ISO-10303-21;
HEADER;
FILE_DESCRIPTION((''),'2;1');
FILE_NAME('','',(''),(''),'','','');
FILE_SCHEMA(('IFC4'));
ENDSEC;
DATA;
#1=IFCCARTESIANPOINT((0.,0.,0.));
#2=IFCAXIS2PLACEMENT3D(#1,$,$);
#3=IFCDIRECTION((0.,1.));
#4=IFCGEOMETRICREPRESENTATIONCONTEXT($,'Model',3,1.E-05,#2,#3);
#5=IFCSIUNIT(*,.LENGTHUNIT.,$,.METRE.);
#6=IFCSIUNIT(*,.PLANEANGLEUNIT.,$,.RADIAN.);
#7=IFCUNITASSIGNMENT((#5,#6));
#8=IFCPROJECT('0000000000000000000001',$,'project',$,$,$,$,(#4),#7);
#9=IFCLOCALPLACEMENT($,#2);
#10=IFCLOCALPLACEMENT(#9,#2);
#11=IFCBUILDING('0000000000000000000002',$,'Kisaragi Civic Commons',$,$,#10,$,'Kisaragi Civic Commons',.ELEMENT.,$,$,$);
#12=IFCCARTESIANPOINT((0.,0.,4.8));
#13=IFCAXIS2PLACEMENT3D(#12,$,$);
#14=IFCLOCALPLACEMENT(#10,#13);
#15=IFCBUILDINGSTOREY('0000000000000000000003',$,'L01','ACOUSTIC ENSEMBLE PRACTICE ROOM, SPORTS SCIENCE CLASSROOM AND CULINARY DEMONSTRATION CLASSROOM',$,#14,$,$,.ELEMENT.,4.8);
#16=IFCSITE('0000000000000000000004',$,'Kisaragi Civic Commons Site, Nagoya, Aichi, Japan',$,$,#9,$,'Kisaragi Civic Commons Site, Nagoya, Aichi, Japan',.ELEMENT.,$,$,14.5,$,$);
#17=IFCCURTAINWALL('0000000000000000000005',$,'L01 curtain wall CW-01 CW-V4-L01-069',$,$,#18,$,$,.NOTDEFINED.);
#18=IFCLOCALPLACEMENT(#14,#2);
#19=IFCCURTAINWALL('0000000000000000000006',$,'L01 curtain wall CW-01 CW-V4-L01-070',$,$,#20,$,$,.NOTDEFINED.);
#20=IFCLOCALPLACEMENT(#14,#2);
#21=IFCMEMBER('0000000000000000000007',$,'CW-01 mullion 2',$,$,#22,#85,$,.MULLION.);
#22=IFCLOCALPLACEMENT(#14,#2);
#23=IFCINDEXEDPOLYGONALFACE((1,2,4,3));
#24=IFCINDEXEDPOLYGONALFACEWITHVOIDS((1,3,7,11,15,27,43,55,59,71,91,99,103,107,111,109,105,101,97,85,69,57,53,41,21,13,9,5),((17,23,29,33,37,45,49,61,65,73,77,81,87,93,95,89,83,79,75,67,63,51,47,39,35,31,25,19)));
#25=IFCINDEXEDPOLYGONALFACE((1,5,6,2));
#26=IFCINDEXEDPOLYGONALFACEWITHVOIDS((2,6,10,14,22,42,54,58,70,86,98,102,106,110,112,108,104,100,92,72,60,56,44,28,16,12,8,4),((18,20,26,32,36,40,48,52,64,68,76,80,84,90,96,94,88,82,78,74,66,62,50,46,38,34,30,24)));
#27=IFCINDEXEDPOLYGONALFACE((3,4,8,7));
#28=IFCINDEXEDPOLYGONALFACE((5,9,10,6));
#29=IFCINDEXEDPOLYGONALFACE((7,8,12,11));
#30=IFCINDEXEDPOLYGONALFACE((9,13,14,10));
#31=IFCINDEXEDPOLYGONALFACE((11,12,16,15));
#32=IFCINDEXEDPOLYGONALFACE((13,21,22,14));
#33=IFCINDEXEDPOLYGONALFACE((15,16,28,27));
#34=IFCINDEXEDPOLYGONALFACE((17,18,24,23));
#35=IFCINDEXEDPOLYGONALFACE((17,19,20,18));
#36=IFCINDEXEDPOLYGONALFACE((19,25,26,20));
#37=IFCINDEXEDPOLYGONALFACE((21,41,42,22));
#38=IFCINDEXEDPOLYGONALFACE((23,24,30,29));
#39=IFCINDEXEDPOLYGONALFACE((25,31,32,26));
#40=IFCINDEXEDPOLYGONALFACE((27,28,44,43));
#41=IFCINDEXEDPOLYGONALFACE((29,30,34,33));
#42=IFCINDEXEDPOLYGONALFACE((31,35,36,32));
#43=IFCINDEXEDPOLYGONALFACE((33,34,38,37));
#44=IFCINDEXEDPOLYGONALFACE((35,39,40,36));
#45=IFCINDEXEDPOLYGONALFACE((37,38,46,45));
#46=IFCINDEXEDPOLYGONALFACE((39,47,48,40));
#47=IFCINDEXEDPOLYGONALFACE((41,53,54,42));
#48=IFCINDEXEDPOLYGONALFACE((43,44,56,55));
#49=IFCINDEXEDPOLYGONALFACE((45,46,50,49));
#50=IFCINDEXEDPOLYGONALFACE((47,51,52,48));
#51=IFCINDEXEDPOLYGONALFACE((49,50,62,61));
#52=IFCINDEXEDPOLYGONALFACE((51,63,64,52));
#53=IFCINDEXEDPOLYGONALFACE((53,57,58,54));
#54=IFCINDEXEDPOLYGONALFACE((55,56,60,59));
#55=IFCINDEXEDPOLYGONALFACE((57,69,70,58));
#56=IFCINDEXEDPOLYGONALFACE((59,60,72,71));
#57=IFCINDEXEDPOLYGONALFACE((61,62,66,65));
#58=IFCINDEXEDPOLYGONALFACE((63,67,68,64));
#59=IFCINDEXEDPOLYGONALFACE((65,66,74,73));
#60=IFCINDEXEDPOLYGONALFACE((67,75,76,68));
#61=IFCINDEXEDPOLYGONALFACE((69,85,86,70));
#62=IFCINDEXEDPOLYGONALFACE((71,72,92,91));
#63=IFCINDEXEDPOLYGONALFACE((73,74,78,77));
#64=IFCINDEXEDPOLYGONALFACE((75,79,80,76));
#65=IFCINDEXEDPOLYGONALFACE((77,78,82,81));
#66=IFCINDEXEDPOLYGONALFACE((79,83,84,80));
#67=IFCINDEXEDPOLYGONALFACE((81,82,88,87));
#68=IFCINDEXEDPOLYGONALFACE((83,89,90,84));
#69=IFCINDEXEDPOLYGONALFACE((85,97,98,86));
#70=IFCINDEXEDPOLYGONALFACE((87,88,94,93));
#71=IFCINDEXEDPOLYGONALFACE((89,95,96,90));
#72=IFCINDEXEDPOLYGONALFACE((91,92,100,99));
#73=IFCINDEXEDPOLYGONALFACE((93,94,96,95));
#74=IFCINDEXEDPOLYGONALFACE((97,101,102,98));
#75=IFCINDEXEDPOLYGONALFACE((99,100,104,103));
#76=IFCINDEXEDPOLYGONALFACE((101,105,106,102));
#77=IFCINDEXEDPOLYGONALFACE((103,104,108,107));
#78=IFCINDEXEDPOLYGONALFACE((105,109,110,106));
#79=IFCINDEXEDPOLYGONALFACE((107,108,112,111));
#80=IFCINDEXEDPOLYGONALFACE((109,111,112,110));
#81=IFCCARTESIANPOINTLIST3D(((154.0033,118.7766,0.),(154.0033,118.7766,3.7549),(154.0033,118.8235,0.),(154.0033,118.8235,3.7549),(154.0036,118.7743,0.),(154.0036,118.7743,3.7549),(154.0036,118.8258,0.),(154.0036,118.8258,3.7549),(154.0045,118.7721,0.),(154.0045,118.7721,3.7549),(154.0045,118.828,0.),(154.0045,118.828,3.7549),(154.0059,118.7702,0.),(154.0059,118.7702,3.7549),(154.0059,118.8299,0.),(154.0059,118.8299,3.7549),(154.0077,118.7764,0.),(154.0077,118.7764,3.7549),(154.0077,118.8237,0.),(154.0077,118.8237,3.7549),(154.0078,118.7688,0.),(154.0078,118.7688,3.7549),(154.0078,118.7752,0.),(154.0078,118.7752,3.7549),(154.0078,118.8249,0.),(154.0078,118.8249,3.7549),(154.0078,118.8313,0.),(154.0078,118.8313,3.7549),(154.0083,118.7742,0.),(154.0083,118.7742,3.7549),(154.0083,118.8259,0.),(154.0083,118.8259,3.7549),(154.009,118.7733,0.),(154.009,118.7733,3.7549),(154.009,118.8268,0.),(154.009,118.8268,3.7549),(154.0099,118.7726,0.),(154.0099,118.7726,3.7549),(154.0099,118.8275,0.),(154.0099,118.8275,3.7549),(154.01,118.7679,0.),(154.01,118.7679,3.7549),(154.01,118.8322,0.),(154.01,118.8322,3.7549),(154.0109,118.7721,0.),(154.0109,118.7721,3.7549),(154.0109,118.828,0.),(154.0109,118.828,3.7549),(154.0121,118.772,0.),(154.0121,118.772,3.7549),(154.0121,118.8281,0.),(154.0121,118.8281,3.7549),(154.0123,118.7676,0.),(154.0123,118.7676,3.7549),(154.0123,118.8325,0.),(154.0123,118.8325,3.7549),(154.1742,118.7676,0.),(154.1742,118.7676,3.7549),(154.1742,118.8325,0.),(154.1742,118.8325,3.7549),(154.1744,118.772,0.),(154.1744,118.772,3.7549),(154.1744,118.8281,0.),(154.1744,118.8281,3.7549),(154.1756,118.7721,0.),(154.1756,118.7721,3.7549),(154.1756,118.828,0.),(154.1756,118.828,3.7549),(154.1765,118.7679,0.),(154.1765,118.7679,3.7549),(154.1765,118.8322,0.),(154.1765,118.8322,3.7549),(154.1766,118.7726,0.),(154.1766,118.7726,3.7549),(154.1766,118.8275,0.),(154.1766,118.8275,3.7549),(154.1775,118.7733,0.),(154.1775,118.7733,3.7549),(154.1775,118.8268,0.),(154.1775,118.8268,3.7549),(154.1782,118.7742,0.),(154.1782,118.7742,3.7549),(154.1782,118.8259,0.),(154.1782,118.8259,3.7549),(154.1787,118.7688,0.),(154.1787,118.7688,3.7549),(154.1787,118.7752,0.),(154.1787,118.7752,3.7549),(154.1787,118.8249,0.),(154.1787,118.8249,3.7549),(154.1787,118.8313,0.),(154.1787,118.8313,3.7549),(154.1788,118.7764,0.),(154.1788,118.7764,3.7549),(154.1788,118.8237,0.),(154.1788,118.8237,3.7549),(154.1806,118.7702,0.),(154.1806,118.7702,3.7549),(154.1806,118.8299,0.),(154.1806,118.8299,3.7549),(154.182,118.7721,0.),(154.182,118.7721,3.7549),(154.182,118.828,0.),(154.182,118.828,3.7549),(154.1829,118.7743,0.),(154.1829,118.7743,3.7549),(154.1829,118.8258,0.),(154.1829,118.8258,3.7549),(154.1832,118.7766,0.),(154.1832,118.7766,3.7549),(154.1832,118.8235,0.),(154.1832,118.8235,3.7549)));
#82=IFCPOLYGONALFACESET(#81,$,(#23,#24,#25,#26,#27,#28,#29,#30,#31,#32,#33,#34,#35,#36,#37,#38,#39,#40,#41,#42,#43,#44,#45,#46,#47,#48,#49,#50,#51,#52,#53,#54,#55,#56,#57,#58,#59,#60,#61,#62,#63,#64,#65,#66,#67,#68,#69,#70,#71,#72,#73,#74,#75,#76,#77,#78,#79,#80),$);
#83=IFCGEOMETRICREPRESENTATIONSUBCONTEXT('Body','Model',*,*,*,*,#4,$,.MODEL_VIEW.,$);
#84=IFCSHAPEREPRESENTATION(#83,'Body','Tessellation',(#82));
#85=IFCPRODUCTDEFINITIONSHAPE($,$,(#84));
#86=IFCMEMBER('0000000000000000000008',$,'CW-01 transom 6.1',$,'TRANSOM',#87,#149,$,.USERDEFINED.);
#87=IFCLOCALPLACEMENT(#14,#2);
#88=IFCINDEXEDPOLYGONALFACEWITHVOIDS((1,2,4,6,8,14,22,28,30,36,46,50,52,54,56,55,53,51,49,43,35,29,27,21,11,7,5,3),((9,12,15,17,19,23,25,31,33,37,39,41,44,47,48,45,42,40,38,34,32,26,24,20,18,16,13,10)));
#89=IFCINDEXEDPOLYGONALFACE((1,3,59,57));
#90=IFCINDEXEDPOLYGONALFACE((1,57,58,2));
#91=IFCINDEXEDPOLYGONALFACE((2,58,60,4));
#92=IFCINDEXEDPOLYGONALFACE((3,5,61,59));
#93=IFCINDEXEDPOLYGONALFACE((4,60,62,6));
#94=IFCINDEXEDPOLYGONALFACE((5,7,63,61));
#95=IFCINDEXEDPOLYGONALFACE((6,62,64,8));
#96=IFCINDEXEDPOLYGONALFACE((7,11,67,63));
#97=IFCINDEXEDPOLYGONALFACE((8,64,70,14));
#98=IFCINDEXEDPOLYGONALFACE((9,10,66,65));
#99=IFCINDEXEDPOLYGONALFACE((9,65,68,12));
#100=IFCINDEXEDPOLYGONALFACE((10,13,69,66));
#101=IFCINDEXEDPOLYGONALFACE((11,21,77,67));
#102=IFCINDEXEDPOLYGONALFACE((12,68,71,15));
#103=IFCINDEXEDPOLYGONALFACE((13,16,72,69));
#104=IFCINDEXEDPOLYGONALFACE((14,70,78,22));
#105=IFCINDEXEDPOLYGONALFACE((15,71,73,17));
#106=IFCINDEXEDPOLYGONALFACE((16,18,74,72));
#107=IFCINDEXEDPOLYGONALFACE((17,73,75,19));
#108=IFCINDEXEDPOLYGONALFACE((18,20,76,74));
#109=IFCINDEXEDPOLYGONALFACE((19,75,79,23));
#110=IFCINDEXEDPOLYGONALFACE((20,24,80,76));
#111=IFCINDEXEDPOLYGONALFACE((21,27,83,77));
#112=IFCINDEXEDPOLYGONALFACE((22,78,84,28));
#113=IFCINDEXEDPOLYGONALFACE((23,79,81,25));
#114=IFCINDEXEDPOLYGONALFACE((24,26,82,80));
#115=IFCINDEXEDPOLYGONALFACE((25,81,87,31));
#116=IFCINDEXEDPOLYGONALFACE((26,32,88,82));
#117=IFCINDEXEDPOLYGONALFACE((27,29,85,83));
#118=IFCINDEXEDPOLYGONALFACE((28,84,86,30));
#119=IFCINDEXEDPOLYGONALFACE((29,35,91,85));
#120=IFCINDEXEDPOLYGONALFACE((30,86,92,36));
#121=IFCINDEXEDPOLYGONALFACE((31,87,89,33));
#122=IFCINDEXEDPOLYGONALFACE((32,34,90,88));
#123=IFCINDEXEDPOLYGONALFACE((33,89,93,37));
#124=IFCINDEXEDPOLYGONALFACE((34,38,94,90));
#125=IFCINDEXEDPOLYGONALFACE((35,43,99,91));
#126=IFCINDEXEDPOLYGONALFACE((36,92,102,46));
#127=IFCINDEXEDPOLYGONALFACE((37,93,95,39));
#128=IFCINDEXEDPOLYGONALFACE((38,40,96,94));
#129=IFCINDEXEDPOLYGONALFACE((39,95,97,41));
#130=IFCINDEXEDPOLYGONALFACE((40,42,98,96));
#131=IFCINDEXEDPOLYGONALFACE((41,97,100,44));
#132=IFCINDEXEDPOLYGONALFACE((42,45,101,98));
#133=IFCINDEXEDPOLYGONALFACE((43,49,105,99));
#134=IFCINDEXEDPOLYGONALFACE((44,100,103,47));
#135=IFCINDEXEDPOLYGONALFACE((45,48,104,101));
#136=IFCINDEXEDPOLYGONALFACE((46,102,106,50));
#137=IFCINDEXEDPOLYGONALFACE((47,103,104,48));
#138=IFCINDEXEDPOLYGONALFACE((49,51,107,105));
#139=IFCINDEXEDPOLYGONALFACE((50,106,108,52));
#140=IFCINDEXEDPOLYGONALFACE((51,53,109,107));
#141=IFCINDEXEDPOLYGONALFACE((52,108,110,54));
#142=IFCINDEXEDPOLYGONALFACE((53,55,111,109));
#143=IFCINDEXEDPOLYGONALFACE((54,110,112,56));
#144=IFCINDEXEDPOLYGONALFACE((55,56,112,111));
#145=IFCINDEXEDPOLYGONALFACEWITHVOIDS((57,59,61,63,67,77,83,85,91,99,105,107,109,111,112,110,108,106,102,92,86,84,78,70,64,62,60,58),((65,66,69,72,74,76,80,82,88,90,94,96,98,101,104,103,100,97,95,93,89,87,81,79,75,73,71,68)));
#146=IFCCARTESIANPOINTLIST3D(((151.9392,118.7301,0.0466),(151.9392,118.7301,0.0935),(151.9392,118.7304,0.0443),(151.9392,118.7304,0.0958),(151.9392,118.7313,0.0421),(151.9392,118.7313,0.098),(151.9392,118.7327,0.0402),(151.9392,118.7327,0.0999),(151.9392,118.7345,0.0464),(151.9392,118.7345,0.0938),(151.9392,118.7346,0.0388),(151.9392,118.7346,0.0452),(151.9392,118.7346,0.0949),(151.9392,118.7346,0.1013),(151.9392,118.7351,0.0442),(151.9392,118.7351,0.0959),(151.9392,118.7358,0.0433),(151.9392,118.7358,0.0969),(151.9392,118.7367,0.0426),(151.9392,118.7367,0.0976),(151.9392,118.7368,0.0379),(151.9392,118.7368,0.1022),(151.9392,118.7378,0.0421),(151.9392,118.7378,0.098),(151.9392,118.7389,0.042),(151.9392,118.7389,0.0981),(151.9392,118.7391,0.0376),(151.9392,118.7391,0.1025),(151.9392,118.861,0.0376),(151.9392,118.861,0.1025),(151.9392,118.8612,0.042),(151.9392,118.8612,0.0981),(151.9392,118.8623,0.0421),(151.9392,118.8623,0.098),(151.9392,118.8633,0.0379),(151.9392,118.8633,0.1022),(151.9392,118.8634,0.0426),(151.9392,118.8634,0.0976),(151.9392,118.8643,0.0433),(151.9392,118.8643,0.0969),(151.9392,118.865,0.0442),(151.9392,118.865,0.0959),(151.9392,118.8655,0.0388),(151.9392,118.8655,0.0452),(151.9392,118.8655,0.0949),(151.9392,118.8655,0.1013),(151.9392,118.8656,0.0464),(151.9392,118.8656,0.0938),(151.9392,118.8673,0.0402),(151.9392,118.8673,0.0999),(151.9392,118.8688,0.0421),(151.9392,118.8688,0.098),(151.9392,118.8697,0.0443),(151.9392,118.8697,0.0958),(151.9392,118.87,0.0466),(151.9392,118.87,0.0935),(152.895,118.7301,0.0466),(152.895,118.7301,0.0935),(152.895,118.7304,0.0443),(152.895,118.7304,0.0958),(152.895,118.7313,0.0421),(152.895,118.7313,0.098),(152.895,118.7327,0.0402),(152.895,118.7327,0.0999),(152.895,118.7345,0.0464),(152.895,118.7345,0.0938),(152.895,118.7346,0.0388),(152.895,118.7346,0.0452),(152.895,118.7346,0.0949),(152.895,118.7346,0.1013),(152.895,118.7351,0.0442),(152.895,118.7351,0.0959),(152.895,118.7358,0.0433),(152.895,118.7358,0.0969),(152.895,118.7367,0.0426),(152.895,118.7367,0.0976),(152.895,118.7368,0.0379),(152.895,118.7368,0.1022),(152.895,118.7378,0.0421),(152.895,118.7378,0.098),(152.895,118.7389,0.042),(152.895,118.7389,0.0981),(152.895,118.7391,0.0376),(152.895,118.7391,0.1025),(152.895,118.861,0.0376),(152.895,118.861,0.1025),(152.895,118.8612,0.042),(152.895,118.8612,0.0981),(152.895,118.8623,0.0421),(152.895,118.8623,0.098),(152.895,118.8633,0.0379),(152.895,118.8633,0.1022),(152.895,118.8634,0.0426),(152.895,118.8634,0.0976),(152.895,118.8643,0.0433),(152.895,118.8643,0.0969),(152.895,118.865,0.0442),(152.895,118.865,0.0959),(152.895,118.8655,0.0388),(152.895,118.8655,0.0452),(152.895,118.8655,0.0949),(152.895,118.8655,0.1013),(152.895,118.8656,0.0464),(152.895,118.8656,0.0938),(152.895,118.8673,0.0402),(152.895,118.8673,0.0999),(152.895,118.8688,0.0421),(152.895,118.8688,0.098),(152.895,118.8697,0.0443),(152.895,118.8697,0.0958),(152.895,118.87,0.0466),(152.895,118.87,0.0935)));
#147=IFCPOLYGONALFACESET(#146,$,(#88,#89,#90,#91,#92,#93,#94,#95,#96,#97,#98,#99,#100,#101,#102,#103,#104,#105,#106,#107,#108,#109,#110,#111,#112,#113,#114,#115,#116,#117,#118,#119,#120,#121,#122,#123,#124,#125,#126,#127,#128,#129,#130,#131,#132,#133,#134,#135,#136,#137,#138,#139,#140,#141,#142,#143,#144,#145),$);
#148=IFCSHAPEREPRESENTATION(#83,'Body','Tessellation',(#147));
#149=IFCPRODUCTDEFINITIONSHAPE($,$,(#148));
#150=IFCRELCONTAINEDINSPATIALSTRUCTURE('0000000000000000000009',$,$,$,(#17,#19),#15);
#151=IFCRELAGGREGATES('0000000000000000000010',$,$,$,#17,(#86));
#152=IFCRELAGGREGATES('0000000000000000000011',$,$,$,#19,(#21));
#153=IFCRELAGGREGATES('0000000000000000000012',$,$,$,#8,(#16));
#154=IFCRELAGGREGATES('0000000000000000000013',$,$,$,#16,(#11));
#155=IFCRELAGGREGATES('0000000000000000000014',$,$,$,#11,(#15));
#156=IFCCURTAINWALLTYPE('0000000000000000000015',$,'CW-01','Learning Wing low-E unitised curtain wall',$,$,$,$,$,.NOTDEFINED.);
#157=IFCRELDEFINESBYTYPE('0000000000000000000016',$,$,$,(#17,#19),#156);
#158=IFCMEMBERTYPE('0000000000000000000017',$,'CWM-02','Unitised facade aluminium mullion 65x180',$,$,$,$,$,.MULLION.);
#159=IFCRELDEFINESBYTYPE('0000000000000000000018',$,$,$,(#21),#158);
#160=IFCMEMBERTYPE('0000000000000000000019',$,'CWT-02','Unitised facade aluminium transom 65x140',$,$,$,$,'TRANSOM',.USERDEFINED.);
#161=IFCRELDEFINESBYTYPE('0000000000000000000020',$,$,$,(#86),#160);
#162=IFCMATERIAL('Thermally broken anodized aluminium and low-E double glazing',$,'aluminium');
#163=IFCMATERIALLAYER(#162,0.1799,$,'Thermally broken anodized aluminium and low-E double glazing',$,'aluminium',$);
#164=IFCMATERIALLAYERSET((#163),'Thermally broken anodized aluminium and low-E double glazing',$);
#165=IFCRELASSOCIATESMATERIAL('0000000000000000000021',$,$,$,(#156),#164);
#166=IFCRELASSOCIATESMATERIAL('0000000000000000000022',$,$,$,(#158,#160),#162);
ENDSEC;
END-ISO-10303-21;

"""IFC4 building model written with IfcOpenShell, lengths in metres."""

from ifc_helpers import new_model, si_unit, direction, frame, origin, origin_2d, place, context, subcontext, project, spatial, hollow_rectangle, extrude, material, layer, layer_set, material_profile, profile_set, type_object, element, aggregate, save


model = new_model("IFC4")

# Units and contexts
model_context = context("Model", 3, precision=1e-05, world=origin(), true_north=direction((0.0, 1.0)))
body_context = subcontext(model_context, "Body", "Model", "MODEL_VIEW")
ifc_project = project(units=[si_unit("LENGTHUNIT", "METRE"), si_unit("PLANEANGLEUNIT", "RADIAN")], contexts=[model_context])

# Site, building, storey
site_placement = place(None, origin())
site = spatial("IfcSite", under=ifc_project, at=site_placement, Name="Kisaragi Civic Commons Site, Nagoya, Aichi, Japan", LongName="Kisaragi Civic Commons Site, Nagoya, Aichi, Japan", CompositionType="ELEMENT", RefElevation=14.5)
building_placement = place(site_placement, origin())
building = spatial("IfcBuilding", under=site, at=building_placement, Name="Kisaragi Civic Commons", LongName="Kisaragi Civic Commons", CompositionType="ELEMENT")
storey_placement = place(building_placement, frame((0.0, 0.0, 4.8)))
storey = spatial("IfcBuildingStorey", under=building, at=storey_placement, Name="L01", Description="ACOUSTIC ENSEMBLE PRACTICE ROOM, SPORTS SCIENCE CLASSROOM AND CULINARY DEMONSTRATION CLASSROOM", CompositionType="ELEMENT", Elevation=4.8)

# Curtain wall
ifc_material_1 = material(Name="Thermally broken anodized aluminium and low-E double glazing", Category="aluminium")
ifc_layer_1 = layer(ifc_material_1, 0.1799, Name="Thermally broken anodized aluminium and low-E double glazing", Category="aluminium")
ifc_layer_set_1 = layer_set([ifc_layer_1], Name="Thermally broken anodized aluminium and low-E double glazing")
curtain_wall_type = type_object("IfcCurtainWallType", Name="CW-01", Description="Learning Wing low-E unitised curtain wall", PredefinedType="NOTDEFINED", material=ifc_layer_set_1)
curtain_wall_1_placement = place(storey_placement, origin())
curtain_wall_1 = element("IfcCurtainWall", 1, at=curtain_wall_1_placement, inside=storey, type_object=curtain_wall_type, Name="L01 curtain wall CW-01 CW-V4-L01-069", PredefinedType="NOTDEFINED")
ifc_material_profile_1 = material_profile(ifc_material_1, hollow_rectangle(XDim=0.0649, YDim=0.1799, WallThickness=0.0044, InnerFilletRadius=0.0044, OuterFilletRadius=0.009, at=origin_2d()), Name="CWM-65x180x4.5", Category="aluminium")
ifc_profile_set_1 = profile_set([ifc_material_profile_1], Name="Thermally broken anodized aluminium and low-E double glazing")
member_type_1 = type_object("IfcMemberType", Name="CWM-02", Description="Unitised facade aluminium mullion 65x180", PredefinedType="MULLION", material=ifc_profile_set_1)

# Curtain wall, member
curtain_wall_2_placement = place(storey_placement, origin())
curtain_wall_2 = element("IfcCurtainWall", 2, at=curtain_wall_2_placement, inside=storey, type_object=curtain_wall_type, Name="L01 curtain wall CW-01 CW-V4-L01-070", PredefinedType="NOTDEFINED")
member_1_placement = place(storey_placement, frame((154.0933, 118.8, 0.0), z_axis=(0.0, 0.0, 1.0), x_axis=(0.0, 1.0, 0.0)))
member_1 = element("IfcMember", 3, at=member_1_placement, type_object=member_type_1, Name="CW-01 mullion 2", PredefinedType="MULLION", context=body_context, shape_type="SweptSolid", body=[
    extrude(hollow_rectangle(XDim=0.0649, YDim=0.1799, WallThickness=0.0044, InnerFilletRadius=0.0044, OuterFilletRadius=0.009, at=origin_2d()), origin(), (0.0, 0.0, 1.0), 3.7549),
])

# Member
ifc_material_profile_2 = material_profile(ifc_material_1, hollow_rectangle(XDim=0.1399, YDim=0.0649, WallThickness=0.0044, InnerFilletRadius=0.0044, OuterFilletRadius=0.009, at=origin_2d()), Name="CWT-65x140x4.5", Category="aluminium")
ifc_profile_set_2 = profile_set([ifc_material_profile_2], Name="Thermally broken anodized aluminium and low-E double glazing")
member_type_2 = type_object("IfcMemberType", Name="CWT-02", Description="Unitised facade aluminium transom 65x140", ElementType="TRANSOM", PredefinedType="USERDEFINED", material=ifc_profile_set_2)
member_2_placement = place(storey_placement, frame((151.9392, 118.8, 0.0701), z_axis=(1.0, 0.0, 0.0), x_axis=(0.0, 1.0, 0.0)))
member_2 = element("IfcMember", 4, at=member_2_placement, type_object=member_type_2, Name="CW-01 transom 6.1", ObjectType="TRANSOM", PredefinedType="USERDEFINED", context=body_context, shape_type="SweptSolid", body=[
    extrude(hollow_rectangle(XDim=0.1399, YDim=0.0649, WallThickness=0.0044, InnerFilletRadius=0.0044, OuterFilletRadius=0.009, at=origin_2d()), origin(), (0.0, 0.0, 1.0), 0.9558),
])

aggregate(curtain_wall_1, [member_2])
aggregate(curtain_wall_2, [member_1])

save(model, "model.ifc")
